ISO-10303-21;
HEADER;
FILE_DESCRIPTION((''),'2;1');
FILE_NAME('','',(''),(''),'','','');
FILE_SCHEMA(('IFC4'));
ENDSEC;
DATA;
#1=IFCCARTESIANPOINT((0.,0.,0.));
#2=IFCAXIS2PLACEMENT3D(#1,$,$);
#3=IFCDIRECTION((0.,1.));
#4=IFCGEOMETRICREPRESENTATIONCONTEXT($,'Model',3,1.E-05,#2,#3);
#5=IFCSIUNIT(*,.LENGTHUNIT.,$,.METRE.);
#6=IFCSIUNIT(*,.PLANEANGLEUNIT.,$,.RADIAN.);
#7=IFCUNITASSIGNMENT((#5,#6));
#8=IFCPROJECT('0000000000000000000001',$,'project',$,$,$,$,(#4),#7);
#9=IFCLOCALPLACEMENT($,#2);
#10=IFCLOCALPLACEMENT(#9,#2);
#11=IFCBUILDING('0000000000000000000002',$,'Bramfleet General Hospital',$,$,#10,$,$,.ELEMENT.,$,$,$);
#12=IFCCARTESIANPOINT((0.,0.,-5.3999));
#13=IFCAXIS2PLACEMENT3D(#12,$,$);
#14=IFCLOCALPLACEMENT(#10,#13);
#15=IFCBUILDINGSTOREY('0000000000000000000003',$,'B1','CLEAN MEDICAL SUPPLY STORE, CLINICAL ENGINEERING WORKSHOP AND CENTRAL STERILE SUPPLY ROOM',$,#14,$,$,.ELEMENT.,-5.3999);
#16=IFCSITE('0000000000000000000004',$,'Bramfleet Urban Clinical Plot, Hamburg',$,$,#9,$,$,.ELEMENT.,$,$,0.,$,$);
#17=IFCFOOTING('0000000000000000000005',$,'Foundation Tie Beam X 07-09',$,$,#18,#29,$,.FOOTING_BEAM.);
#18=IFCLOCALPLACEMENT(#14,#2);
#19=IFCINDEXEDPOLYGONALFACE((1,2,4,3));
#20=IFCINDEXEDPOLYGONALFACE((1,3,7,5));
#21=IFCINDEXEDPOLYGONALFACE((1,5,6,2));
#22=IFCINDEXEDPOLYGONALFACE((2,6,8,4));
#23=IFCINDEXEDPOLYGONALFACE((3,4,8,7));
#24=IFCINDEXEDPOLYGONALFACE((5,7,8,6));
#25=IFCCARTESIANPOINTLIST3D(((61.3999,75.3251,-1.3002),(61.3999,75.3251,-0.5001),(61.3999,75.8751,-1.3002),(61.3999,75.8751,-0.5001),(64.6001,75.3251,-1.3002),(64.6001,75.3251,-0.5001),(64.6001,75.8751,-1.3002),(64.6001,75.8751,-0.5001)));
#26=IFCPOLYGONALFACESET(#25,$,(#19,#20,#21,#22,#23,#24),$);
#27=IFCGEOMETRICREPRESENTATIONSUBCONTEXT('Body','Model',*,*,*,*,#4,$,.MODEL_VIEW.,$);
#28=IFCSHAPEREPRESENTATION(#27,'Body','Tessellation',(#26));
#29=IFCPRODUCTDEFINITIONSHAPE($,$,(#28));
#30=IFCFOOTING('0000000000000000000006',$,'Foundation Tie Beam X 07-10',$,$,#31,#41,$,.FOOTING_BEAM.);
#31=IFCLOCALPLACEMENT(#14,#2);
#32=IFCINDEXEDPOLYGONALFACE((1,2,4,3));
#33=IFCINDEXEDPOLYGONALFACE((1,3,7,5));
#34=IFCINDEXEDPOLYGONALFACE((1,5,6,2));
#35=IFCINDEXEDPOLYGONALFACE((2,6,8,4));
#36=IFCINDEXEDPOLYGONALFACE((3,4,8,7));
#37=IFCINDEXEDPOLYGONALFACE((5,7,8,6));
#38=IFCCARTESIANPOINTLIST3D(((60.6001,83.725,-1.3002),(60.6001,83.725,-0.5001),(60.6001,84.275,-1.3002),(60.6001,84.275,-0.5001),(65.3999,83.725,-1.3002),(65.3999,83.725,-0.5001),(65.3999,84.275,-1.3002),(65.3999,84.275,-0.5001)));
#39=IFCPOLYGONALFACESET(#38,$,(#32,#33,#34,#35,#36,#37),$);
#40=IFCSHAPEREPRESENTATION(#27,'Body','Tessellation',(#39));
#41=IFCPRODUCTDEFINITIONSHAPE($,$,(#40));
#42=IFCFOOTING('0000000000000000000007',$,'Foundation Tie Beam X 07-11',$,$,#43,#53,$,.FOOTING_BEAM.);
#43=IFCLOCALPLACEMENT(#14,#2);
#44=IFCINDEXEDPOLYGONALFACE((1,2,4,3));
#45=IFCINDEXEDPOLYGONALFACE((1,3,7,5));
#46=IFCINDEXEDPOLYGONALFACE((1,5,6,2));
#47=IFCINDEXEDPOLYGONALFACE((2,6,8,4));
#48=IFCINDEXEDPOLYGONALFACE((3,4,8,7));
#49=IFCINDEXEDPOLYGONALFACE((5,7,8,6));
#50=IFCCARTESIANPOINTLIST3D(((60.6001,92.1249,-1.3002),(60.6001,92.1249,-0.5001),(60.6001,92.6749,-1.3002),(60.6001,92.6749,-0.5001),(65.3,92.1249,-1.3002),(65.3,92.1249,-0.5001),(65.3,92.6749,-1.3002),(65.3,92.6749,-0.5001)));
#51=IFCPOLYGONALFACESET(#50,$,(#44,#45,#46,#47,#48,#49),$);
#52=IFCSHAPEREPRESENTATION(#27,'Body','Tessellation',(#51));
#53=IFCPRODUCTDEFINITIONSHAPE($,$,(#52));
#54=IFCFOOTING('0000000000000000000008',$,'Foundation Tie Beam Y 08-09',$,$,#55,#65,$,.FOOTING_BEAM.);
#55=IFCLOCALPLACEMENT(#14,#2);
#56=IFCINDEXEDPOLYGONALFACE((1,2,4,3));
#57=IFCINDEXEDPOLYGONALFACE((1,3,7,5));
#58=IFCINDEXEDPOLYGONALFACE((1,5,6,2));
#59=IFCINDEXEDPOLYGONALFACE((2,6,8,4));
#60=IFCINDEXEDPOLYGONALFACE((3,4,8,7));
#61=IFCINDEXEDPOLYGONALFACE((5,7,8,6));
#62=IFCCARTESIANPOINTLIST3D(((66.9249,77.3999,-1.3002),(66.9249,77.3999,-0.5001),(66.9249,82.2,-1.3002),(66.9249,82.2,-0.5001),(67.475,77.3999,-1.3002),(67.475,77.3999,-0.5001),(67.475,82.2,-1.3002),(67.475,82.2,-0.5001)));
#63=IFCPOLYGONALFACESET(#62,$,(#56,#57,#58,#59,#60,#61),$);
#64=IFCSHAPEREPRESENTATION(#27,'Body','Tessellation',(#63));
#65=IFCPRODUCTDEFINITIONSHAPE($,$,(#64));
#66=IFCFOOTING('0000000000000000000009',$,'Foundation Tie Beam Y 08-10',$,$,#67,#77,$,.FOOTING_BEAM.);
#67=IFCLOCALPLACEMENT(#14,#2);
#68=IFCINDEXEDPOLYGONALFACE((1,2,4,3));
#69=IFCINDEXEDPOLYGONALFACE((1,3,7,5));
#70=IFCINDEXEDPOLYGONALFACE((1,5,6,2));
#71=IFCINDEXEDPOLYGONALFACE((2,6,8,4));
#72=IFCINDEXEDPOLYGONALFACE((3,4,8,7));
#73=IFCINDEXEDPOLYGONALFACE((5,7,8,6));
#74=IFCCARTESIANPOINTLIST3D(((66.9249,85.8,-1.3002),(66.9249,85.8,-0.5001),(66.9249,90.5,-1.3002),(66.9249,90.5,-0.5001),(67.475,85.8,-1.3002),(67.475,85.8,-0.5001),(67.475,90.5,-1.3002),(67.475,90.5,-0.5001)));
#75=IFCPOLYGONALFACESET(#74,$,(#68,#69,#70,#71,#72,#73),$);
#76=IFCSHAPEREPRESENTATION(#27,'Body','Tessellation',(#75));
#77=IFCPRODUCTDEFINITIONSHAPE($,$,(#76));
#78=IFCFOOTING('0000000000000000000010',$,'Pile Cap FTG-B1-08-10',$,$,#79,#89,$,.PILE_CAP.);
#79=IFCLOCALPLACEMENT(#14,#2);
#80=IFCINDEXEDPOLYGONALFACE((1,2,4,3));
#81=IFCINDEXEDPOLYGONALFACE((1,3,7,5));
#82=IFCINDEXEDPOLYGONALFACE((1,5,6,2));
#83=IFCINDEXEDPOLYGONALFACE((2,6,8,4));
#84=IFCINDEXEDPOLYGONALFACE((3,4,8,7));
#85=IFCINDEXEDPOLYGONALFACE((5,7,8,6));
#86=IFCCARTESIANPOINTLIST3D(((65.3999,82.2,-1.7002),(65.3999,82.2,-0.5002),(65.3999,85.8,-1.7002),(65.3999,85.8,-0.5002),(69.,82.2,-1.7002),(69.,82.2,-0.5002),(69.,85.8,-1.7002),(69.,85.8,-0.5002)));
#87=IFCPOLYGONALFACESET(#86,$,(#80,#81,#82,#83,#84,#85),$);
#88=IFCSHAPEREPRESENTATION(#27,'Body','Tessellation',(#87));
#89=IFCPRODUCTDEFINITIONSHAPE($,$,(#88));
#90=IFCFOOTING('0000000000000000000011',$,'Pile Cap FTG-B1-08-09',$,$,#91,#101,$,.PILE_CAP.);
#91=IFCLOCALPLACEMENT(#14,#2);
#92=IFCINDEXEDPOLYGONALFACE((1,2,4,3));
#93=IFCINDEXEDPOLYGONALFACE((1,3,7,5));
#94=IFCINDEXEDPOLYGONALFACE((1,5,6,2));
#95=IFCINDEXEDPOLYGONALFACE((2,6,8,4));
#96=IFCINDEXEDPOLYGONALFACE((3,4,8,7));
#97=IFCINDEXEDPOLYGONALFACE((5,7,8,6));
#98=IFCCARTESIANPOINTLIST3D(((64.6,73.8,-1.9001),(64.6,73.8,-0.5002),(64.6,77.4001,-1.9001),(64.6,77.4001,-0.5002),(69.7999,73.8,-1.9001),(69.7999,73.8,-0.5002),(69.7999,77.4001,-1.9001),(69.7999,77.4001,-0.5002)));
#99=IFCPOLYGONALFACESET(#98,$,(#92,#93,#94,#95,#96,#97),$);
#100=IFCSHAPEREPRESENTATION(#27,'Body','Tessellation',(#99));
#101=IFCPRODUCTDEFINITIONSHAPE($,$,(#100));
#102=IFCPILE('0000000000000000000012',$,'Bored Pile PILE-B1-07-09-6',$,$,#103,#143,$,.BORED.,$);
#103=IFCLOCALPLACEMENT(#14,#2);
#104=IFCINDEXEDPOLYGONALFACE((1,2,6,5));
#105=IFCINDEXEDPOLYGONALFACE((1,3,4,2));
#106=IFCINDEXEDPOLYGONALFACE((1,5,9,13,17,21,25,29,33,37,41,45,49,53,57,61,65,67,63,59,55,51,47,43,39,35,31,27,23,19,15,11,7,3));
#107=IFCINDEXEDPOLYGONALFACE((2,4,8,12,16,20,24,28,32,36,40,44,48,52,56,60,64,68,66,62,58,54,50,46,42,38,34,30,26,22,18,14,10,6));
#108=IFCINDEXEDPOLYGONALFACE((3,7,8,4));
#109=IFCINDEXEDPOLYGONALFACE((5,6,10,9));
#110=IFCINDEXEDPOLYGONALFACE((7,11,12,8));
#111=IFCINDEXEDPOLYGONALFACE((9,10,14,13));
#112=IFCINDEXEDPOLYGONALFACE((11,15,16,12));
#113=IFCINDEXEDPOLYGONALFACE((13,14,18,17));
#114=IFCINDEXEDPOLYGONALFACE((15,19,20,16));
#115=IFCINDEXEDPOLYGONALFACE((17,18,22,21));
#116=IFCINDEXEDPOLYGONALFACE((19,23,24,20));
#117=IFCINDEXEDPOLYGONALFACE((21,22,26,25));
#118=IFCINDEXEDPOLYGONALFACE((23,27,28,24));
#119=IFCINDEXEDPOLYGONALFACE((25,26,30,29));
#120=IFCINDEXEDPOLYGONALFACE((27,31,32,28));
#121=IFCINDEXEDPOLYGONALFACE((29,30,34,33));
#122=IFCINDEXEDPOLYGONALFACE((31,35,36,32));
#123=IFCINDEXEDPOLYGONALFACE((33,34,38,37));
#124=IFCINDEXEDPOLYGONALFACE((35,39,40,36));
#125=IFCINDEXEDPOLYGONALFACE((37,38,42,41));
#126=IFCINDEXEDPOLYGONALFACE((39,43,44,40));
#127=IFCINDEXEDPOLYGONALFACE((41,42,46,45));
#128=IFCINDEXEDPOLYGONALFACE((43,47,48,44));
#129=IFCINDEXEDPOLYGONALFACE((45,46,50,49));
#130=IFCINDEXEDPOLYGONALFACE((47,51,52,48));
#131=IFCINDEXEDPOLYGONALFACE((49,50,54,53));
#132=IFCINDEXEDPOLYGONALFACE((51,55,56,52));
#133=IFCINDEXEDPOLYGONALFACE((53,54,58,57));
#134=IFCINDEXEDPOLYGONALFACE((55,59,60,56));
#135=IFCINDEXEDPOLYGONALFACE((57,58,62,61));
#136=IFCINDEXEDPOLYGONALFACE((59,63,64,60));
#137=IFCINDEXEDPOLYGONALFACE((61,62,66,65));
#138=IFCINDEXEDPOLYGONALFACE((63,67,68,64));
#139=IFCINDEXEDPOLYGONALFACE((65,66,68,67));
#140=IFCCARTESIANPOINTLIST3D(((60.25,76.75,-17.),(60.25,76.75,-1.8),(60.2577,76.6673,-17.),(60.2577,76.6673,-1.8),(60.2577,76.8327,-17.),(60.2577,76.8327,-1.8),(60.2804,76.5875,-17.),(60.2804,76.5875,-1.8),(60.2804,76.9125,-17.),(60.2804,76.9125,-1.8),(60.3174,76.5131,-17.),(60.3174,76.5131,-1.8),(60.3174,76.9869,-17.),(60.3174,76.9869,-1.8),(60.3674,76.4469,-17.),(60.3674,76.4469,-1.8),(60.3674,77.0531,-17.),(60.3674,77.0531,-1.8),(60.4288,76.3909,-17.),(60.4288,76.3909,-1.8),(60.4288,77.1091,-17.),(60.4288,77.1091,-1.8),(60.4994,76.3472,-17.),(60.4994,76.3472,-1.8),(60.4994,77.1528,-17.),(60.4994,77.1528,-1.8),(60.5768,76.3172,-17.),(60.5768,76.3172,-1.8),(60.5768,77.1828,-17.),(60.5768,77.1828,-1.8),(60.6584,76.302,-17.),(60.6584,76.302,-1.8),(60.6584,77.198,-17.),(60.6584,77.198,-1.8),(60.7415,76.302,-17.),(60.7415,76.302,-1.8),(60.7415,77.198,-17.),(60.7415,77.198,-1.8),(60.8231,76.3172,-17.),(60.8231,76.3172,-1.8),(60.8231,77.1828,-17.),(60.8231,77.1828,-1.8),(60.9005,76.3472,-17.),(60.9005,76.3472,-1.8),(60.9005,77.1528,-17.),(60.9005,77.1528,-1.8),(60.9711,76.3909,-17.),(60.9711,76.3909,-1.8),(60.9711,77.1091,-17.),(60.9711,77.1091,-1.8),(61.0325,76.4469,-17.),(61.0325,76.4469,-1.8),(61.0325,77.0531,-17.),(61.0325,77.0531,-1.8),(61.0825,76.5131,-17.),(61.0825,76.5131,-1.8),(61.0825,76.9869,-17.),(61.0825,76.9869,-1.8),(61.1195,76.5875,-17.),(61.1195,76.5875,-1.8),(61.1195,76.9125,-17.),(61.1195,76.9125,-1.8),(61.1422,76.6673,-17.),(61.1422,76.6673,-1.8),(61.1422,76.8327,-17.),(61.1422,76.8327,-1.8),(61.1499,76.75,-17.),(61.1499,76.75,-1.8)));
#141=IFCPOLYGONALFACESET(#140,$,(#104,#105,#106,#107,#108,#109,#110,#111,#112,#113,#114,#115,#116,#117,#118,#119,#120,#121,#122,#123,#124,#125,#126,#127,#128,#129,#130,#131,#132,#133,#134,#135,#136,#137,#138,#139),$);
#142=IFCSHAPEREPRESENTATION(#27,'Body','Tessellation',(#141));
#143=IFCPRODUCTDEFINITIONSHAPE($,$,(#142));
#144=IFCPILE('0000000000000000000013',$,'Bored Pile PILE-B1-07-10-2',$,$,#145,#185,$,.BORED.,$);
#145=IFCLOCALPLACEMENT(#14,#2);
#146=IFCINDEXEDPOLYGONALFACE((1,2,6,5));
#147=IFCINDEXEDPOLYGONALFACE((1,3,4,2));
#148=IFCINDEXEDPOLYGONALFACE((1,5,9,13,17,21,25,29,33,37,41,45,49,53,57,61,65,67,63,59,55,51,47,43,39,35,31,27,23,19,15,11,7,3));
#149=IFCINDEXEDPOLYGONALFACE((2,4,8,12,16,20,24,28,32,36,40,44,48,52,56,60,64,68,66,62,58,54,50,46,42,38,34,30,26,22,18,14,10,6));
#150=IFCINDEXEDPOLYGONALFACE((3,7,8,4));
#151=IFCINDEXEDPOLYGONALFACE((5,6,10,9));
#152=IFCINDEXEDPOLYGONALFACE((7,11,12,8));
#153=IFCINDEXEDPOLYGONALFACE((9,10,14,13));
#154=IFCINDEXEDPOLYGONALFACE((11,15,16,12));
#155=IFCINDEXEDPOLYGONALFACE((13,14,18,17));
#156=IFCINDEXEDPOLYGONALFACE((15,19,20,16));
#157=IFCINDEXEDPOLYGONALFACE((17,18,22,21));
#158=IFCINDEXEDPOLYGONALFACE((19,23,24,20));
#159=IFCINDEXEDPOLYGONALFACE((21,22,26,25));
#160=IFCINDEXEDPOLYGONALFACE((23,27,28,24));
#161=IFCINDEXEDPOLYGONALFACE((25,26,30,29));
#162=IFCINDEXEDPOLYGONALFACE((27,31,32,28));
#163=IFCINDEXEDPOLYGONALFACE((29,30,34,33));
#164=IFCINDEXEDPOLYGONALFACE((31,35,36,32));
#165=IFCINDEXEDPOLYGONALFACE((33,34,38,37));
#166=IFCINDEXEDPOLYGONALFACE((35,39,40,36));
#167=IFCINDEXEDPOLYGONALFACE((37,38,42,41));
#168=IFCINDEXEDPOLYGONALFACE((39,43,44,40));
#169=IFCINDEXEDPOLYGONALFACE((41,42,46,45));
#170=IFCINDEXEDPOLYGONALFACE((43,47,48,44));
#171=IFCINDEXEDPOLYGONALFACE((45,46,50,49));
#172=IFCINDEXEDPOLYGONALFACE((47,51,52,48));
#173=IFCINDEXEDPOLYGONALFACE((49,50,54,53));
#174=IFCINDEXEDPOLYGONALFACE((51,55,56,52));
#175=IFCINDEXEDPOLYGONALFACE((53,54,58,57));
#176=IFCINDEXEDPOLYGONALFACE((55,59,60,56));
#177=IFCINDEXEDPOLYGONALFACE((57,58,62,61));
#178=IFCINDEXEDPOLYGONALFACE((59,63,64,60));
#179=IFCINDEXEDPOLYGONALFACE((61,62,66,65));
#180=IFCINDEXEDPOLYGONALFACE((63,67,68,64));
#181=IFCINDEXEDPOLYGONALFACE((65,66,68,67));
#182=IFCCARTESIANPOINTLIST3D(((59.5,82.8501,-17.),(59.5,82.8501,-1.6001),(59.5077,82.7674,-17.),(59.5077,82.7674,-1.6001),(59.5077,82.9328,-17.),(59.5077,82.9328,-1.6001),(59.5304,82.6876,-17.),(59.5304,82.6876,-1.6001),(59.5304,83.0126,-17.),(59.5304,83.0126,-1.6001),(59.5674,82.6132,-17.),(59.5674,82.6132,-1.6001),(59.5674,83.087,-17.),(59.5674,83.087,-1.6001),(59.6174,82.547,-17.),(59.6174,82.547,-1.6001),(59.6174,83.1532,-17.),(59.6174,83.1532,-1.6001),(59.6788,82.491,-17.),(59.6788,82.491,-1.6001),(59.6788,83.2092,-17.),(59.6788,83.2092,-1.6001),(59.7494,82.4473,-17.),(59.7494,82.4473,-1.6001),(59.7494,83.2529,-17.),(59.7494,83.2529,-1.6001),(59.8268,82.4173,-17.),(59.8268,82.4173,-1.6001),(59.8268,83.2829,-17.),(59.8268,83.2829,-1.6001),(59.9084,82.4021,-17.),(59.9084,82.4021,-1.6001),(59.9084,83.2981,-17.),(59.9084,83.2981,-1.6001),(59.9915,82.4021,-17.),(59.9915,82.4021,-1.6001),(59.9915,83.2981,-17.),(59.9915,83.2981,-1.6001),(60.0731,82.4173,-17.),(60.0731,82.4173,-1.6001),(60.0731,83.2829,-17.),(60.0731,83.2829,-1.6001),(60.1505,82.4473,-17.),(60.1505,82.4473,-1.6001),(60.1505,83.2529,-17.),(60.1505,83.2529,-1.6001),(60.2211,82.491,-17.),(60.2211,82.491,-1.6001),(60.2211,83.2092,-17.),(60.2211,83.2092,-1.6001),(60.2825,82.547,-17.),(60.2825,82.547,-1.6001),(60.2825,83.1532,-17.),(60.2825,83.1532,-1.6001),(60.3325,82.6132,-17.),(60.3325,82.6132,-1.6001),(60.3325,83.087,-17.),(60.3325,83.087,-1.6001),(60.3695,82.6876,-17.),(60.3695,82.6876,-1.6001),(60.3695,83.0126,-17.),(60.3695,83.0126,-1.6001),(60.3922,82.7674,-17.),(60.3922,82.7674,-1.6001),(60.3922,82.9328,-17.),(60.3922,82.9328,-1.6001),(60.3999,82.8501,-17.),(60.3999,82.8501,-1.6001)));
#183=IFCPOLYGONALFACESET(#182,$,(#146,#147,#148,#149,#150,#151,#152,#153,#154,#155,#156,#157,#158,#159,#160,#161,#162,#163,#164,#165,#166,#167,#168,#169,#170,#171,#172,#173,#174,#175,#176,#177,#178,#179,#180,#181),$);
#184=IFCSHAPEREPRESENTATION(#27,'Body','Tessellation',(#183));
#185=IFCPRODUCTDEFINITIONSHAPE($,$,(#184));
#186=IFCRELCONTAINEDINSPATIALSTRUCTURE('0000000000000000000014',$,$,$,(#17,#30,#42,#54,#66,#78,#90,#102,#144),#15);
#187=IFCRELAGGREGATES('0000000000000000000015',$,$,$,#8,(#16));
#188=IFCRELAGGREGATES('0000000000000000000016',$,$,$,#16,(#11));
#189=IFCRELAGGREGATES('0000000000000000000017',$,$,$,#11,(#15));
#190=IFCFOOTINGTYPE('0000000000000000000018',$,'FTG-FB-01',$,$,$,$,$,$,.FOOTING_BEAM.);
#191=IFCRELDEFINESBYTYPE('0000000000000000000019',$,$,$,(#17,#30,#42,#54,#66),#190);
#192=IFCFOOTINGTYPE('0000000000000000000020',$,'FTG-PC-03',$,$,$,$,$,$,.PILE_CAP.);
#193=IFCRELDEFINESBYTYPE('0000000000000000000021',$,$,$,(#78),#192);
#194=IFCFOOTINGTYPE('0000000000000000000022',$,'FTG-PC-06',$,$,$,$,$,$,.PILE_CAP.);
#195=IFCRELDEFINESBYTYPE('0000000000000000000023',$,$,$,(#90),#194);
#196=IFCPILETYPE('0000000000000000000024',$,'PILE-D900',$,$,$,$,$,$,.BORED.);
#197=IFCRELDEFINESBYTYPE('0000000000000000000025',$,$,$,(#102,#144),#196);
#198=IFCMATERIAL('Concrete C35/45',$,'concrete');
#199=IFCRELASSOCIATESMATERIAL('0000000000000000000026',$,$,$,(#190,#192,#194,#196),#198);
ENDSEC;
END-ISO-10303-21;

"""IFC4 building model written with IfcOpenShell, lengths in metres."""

from ifc_helpers import new_model, si_unit, direction, frame, origin, origin_2d, place, context, subcontext, project, spatial, rectangle, circle, extrude, material, material_profile, profile_set, type_object, element, save


model = new_model("IFC4")

# Units and contexts
model_context = context("Model", 3, precision=1e-05, world=origin(), true_north=direction((0.0, 1.0)))
body_context = subcontext(model_context, "Body", "Model", "MODEL_VIEW")
ifc_project = project(units=[si_unit("LENGTHUNIT", "METRE"), si_unit("PLANEANGLEUNIT", "RADIAN")], contexts=[model_context])

# Site, building, storey
site_placement = place(None, origin())
site = spatial("IfcSite", under=ifc_project, at=site_placement, Name="Bramfleet Urban Clinical Plot, Hamburg", CompositionType="ELEMENT", RefElevation=0.0)
building_placement = place(site_placement, origin())
building = spatial("IfcBuilding", under=site, at=building_placement, Name="Bramfleet General Hospital", CompositionType="ELEMENT")
storey_placement = place(building_placement, frame((0.0, 0.0, -5.3999)))
storey = spatial("IfcBuildingStorey", under=building, at=storey_placement, Name="B1", Description="CLEAN MEDICAL SUPPLY STORE, CLINICAL ENGINEERING WORKSHOP AND CENTRAL STERILE SUPPLY ROOM", CompositionType="ELEMENT", Elevation=-5.3999)

# Footings
ifc_material_1 = material(Name="Concrete C35/45", Category="concrete")
ifc_material_profile_1 = material_profile(ifc_material_1, rectangle(XDim=0.55, YDim=0.8, at=origin_2d()), Name="RC FB 800x550")
ifc_profile_set_1 = profile_set([ifc_material_profile_1], Name="Concrete C35/45")
footing_type_1 = type_object("IfcFootingType", Name="FTG-FB-01", PredefinedType="FOOTING_BEAM", material=ifc_profile_set_1)
footing_1_placement = place(storey_placement, frame((61.3999, 75.6001, -0.9001), z_axis=(1.0, 0.0, 0.0), x_axis=(0.0, 1.0, 0.0)))
element("IfcFooting", 1, at=footing_1_placement, inside=storey, type_object=footing_type_1, Name="Foundation Tie Beam X 07-09", PredefinedType="FOOTING_BEAM", context=body_context, shape_type="SweptSolid", body=[
    extrude(rectangle(XDim=0.55, YDim=0.8, at=origin_2d()), origin(), (0.0, 0.0, 1.0), 3.2002),
])
footing_2_placement = place(storey_placement, frame((60.6001, 84.0, -0.9001), z_axis=(1.0, 0.0, 0.0), x_axis=(0.0, 1.0, 0.0)))
element("IfcFooting", 2, at=footing_2_placement, inside=storey, type_object=footing_type_1, Name="Foundation Tie Beam X 07-10", PredefinedType="FOOTING_BEAM", context=body_context, shape_type="SweptSolid", body=[
    extrude(rectangle(XDim=0.55, YDim=0.8, at=origin_2d()), origin(), (0.0, 0.0, 1.0), 4.7998),
])
footing_3_placement = place(storey_placement, frame((60.6001, 92.3999, -0.9001), z_axis=(1.0, 0.0, 0.0), x_axis=(0.0, 1.0, 0.0)))
element("IfcFooting", 3, at=footing_3_placement, inside=storey, type_object=footing_type_1, Name="Foundation Tie Beam X 07-11", PredefinedType="FOOTING_BEAM", context=body_context, shape_type="SweptSolid", body=[
    extrude(rectangle(XDim=0.55, YDim=0.8, at=origin_2d()), origin(), (0.0, 0.0, 1.0), 4.7),
])
footing_4_placement = place(storey_placement, frame((67.2, 77.3999, -0.9001), z_axis=(0.0, 1.0, 0.0), x_axis=(-1.0, 0.0, 0.0)))
element("IfcFooting", 4, at=footing_4_placement, inside=storey, type_object=footing_type_1, Name="Foundation Tie Beam Y 08-09", PredefinedType="FOOTING_BEAM", context=body_context, shape_type="SweptSolid", body=[
    extrude(rectangle(XDim=0.55, YDim=0.8, at=origin_2d()), origin(), (0.0, 0.0, 1.0), 4.8),
])
footing_5_placement = place(storey_placement, frame((67.2, 85.8, -0.9001), z_axis=(0.0, 1.0, 0.0), x_axis=(-1.0, 0.0, 0.0)))
element("IfcFooting", 5, at=footing_5_placement, inside=storey, type_object=footing_type_1, Name="Foundation Tie Beam Y 08-10", PredefinedType="FOOTING_BEAM", context=body_context, shape_type="SweptSolid", body=[
    extrude(rectangle(XDim=0.55, YDim=0.8, at=origin_2d()), origin(), (0.0, 0.0, 1.0), 4.7),
])
footing_type_2 = type_object("IfcFootingType", Name="FTG-PC-03", PredefinedType="PILE_CAP", material=ifc_material_1)
footing_6_placement = place(storey_placement, frame((67.2, 84.0, -1.7002), z_axis=(0.0, 0.0, 1.0), x_axis=(1.0, 0.0, 0.0)))
element("IfcFooting", 6, at=footing_6_placement, inside=storey, type_object=footing_type_2, Name="Pile Cap FTG-B1-08-10", PredefinedType="PILE_CAP", context=body_context, shape_type="SweptSolid", body=[
    extrude(rectangle(XDim=3.6001, YDim=3.6001, at=origin_2d()), origin(), (0.0, 0.0, 1.0), 1.2),
])
footing_type_3 = type_object("IfcFootingType", Name="FTG-PC-06", PredefinedType="PILE_CAP", material=ifc_material_1)
footing_7_placement = place(storey_placement, frame((67.2, 75.6001, -1.9001), z_axis=(0.0, 0.0, 1.0), x_axis=(1.0, 0.0, 0.0)))
element("IfcFooting", 7, at=footing_7_placement, inside=storey, type_object=footing_type_3, Name="Pile Cap FTG-B1-08-09", PredefinedType="PILE_CAP", context=body_context, shape_type="SweptSolid", body=[
    extrude(rectangle(XDim=5.2, YDim=3.6001, at=origin_2d()), origin(), (0.0, 0.0, 1.0), 1.3999),
])

# Piles
ifc_material_profile_2 = material_profile(ifc_material_1, circle(Radius=0.45, at=origin_2d()), Name="PILE BORED D900")
ifc_profile_set_2 = profile_set([ifc_material_profile_2], Name="Concrete C35/45")
pile_type = type_object("IfcPileType", Name="PILE-D900", PredefinedType="BORED", material=ifc_profile_set_2)
pile_placement = place(storey_placement, frame((60.7, 76.75, -1.8), z_axis=(0.0, 0.0, -1.0), x_axis=(1.0, 0.0, 0.0)))
element("IfcPile", 8, at=pile_placement, inside=storey, type_object=pile_type, Name="Bored Pile PILE-B1-07-09-6", PredefinedType="BORED", context=body_context, shape_type="SweptSolid", body=[
    extrude(circle(Radius=0.45, at=origin_2d()), origin(), (0.0, 0.0, 1.0), 15.2),
])
for number, where, z_axis, x_axis, name in (
    (9, (59.95, 82.8501, -1.6001), (0.0, 0.0, -1.0), (1.0, 0.0, 0.0), "Bored Pile PILE-B1-07-10-2"),
):
    element("IfcPile", number, at=place(storey_placement, frame(where, z_axis=z_axis, x_axis=x_axis)), inside=storey, type_object=pile_type, Name=name, PredefinedType="BORED", context=body_context, shape_type="SweptSolid", body=[
        extrude(circle(Radius=0.45, at=origin_2d()), origin(), (0.0, 0.0, 1.0), 15.3999),
    ])

save(model, "model.ifc")
